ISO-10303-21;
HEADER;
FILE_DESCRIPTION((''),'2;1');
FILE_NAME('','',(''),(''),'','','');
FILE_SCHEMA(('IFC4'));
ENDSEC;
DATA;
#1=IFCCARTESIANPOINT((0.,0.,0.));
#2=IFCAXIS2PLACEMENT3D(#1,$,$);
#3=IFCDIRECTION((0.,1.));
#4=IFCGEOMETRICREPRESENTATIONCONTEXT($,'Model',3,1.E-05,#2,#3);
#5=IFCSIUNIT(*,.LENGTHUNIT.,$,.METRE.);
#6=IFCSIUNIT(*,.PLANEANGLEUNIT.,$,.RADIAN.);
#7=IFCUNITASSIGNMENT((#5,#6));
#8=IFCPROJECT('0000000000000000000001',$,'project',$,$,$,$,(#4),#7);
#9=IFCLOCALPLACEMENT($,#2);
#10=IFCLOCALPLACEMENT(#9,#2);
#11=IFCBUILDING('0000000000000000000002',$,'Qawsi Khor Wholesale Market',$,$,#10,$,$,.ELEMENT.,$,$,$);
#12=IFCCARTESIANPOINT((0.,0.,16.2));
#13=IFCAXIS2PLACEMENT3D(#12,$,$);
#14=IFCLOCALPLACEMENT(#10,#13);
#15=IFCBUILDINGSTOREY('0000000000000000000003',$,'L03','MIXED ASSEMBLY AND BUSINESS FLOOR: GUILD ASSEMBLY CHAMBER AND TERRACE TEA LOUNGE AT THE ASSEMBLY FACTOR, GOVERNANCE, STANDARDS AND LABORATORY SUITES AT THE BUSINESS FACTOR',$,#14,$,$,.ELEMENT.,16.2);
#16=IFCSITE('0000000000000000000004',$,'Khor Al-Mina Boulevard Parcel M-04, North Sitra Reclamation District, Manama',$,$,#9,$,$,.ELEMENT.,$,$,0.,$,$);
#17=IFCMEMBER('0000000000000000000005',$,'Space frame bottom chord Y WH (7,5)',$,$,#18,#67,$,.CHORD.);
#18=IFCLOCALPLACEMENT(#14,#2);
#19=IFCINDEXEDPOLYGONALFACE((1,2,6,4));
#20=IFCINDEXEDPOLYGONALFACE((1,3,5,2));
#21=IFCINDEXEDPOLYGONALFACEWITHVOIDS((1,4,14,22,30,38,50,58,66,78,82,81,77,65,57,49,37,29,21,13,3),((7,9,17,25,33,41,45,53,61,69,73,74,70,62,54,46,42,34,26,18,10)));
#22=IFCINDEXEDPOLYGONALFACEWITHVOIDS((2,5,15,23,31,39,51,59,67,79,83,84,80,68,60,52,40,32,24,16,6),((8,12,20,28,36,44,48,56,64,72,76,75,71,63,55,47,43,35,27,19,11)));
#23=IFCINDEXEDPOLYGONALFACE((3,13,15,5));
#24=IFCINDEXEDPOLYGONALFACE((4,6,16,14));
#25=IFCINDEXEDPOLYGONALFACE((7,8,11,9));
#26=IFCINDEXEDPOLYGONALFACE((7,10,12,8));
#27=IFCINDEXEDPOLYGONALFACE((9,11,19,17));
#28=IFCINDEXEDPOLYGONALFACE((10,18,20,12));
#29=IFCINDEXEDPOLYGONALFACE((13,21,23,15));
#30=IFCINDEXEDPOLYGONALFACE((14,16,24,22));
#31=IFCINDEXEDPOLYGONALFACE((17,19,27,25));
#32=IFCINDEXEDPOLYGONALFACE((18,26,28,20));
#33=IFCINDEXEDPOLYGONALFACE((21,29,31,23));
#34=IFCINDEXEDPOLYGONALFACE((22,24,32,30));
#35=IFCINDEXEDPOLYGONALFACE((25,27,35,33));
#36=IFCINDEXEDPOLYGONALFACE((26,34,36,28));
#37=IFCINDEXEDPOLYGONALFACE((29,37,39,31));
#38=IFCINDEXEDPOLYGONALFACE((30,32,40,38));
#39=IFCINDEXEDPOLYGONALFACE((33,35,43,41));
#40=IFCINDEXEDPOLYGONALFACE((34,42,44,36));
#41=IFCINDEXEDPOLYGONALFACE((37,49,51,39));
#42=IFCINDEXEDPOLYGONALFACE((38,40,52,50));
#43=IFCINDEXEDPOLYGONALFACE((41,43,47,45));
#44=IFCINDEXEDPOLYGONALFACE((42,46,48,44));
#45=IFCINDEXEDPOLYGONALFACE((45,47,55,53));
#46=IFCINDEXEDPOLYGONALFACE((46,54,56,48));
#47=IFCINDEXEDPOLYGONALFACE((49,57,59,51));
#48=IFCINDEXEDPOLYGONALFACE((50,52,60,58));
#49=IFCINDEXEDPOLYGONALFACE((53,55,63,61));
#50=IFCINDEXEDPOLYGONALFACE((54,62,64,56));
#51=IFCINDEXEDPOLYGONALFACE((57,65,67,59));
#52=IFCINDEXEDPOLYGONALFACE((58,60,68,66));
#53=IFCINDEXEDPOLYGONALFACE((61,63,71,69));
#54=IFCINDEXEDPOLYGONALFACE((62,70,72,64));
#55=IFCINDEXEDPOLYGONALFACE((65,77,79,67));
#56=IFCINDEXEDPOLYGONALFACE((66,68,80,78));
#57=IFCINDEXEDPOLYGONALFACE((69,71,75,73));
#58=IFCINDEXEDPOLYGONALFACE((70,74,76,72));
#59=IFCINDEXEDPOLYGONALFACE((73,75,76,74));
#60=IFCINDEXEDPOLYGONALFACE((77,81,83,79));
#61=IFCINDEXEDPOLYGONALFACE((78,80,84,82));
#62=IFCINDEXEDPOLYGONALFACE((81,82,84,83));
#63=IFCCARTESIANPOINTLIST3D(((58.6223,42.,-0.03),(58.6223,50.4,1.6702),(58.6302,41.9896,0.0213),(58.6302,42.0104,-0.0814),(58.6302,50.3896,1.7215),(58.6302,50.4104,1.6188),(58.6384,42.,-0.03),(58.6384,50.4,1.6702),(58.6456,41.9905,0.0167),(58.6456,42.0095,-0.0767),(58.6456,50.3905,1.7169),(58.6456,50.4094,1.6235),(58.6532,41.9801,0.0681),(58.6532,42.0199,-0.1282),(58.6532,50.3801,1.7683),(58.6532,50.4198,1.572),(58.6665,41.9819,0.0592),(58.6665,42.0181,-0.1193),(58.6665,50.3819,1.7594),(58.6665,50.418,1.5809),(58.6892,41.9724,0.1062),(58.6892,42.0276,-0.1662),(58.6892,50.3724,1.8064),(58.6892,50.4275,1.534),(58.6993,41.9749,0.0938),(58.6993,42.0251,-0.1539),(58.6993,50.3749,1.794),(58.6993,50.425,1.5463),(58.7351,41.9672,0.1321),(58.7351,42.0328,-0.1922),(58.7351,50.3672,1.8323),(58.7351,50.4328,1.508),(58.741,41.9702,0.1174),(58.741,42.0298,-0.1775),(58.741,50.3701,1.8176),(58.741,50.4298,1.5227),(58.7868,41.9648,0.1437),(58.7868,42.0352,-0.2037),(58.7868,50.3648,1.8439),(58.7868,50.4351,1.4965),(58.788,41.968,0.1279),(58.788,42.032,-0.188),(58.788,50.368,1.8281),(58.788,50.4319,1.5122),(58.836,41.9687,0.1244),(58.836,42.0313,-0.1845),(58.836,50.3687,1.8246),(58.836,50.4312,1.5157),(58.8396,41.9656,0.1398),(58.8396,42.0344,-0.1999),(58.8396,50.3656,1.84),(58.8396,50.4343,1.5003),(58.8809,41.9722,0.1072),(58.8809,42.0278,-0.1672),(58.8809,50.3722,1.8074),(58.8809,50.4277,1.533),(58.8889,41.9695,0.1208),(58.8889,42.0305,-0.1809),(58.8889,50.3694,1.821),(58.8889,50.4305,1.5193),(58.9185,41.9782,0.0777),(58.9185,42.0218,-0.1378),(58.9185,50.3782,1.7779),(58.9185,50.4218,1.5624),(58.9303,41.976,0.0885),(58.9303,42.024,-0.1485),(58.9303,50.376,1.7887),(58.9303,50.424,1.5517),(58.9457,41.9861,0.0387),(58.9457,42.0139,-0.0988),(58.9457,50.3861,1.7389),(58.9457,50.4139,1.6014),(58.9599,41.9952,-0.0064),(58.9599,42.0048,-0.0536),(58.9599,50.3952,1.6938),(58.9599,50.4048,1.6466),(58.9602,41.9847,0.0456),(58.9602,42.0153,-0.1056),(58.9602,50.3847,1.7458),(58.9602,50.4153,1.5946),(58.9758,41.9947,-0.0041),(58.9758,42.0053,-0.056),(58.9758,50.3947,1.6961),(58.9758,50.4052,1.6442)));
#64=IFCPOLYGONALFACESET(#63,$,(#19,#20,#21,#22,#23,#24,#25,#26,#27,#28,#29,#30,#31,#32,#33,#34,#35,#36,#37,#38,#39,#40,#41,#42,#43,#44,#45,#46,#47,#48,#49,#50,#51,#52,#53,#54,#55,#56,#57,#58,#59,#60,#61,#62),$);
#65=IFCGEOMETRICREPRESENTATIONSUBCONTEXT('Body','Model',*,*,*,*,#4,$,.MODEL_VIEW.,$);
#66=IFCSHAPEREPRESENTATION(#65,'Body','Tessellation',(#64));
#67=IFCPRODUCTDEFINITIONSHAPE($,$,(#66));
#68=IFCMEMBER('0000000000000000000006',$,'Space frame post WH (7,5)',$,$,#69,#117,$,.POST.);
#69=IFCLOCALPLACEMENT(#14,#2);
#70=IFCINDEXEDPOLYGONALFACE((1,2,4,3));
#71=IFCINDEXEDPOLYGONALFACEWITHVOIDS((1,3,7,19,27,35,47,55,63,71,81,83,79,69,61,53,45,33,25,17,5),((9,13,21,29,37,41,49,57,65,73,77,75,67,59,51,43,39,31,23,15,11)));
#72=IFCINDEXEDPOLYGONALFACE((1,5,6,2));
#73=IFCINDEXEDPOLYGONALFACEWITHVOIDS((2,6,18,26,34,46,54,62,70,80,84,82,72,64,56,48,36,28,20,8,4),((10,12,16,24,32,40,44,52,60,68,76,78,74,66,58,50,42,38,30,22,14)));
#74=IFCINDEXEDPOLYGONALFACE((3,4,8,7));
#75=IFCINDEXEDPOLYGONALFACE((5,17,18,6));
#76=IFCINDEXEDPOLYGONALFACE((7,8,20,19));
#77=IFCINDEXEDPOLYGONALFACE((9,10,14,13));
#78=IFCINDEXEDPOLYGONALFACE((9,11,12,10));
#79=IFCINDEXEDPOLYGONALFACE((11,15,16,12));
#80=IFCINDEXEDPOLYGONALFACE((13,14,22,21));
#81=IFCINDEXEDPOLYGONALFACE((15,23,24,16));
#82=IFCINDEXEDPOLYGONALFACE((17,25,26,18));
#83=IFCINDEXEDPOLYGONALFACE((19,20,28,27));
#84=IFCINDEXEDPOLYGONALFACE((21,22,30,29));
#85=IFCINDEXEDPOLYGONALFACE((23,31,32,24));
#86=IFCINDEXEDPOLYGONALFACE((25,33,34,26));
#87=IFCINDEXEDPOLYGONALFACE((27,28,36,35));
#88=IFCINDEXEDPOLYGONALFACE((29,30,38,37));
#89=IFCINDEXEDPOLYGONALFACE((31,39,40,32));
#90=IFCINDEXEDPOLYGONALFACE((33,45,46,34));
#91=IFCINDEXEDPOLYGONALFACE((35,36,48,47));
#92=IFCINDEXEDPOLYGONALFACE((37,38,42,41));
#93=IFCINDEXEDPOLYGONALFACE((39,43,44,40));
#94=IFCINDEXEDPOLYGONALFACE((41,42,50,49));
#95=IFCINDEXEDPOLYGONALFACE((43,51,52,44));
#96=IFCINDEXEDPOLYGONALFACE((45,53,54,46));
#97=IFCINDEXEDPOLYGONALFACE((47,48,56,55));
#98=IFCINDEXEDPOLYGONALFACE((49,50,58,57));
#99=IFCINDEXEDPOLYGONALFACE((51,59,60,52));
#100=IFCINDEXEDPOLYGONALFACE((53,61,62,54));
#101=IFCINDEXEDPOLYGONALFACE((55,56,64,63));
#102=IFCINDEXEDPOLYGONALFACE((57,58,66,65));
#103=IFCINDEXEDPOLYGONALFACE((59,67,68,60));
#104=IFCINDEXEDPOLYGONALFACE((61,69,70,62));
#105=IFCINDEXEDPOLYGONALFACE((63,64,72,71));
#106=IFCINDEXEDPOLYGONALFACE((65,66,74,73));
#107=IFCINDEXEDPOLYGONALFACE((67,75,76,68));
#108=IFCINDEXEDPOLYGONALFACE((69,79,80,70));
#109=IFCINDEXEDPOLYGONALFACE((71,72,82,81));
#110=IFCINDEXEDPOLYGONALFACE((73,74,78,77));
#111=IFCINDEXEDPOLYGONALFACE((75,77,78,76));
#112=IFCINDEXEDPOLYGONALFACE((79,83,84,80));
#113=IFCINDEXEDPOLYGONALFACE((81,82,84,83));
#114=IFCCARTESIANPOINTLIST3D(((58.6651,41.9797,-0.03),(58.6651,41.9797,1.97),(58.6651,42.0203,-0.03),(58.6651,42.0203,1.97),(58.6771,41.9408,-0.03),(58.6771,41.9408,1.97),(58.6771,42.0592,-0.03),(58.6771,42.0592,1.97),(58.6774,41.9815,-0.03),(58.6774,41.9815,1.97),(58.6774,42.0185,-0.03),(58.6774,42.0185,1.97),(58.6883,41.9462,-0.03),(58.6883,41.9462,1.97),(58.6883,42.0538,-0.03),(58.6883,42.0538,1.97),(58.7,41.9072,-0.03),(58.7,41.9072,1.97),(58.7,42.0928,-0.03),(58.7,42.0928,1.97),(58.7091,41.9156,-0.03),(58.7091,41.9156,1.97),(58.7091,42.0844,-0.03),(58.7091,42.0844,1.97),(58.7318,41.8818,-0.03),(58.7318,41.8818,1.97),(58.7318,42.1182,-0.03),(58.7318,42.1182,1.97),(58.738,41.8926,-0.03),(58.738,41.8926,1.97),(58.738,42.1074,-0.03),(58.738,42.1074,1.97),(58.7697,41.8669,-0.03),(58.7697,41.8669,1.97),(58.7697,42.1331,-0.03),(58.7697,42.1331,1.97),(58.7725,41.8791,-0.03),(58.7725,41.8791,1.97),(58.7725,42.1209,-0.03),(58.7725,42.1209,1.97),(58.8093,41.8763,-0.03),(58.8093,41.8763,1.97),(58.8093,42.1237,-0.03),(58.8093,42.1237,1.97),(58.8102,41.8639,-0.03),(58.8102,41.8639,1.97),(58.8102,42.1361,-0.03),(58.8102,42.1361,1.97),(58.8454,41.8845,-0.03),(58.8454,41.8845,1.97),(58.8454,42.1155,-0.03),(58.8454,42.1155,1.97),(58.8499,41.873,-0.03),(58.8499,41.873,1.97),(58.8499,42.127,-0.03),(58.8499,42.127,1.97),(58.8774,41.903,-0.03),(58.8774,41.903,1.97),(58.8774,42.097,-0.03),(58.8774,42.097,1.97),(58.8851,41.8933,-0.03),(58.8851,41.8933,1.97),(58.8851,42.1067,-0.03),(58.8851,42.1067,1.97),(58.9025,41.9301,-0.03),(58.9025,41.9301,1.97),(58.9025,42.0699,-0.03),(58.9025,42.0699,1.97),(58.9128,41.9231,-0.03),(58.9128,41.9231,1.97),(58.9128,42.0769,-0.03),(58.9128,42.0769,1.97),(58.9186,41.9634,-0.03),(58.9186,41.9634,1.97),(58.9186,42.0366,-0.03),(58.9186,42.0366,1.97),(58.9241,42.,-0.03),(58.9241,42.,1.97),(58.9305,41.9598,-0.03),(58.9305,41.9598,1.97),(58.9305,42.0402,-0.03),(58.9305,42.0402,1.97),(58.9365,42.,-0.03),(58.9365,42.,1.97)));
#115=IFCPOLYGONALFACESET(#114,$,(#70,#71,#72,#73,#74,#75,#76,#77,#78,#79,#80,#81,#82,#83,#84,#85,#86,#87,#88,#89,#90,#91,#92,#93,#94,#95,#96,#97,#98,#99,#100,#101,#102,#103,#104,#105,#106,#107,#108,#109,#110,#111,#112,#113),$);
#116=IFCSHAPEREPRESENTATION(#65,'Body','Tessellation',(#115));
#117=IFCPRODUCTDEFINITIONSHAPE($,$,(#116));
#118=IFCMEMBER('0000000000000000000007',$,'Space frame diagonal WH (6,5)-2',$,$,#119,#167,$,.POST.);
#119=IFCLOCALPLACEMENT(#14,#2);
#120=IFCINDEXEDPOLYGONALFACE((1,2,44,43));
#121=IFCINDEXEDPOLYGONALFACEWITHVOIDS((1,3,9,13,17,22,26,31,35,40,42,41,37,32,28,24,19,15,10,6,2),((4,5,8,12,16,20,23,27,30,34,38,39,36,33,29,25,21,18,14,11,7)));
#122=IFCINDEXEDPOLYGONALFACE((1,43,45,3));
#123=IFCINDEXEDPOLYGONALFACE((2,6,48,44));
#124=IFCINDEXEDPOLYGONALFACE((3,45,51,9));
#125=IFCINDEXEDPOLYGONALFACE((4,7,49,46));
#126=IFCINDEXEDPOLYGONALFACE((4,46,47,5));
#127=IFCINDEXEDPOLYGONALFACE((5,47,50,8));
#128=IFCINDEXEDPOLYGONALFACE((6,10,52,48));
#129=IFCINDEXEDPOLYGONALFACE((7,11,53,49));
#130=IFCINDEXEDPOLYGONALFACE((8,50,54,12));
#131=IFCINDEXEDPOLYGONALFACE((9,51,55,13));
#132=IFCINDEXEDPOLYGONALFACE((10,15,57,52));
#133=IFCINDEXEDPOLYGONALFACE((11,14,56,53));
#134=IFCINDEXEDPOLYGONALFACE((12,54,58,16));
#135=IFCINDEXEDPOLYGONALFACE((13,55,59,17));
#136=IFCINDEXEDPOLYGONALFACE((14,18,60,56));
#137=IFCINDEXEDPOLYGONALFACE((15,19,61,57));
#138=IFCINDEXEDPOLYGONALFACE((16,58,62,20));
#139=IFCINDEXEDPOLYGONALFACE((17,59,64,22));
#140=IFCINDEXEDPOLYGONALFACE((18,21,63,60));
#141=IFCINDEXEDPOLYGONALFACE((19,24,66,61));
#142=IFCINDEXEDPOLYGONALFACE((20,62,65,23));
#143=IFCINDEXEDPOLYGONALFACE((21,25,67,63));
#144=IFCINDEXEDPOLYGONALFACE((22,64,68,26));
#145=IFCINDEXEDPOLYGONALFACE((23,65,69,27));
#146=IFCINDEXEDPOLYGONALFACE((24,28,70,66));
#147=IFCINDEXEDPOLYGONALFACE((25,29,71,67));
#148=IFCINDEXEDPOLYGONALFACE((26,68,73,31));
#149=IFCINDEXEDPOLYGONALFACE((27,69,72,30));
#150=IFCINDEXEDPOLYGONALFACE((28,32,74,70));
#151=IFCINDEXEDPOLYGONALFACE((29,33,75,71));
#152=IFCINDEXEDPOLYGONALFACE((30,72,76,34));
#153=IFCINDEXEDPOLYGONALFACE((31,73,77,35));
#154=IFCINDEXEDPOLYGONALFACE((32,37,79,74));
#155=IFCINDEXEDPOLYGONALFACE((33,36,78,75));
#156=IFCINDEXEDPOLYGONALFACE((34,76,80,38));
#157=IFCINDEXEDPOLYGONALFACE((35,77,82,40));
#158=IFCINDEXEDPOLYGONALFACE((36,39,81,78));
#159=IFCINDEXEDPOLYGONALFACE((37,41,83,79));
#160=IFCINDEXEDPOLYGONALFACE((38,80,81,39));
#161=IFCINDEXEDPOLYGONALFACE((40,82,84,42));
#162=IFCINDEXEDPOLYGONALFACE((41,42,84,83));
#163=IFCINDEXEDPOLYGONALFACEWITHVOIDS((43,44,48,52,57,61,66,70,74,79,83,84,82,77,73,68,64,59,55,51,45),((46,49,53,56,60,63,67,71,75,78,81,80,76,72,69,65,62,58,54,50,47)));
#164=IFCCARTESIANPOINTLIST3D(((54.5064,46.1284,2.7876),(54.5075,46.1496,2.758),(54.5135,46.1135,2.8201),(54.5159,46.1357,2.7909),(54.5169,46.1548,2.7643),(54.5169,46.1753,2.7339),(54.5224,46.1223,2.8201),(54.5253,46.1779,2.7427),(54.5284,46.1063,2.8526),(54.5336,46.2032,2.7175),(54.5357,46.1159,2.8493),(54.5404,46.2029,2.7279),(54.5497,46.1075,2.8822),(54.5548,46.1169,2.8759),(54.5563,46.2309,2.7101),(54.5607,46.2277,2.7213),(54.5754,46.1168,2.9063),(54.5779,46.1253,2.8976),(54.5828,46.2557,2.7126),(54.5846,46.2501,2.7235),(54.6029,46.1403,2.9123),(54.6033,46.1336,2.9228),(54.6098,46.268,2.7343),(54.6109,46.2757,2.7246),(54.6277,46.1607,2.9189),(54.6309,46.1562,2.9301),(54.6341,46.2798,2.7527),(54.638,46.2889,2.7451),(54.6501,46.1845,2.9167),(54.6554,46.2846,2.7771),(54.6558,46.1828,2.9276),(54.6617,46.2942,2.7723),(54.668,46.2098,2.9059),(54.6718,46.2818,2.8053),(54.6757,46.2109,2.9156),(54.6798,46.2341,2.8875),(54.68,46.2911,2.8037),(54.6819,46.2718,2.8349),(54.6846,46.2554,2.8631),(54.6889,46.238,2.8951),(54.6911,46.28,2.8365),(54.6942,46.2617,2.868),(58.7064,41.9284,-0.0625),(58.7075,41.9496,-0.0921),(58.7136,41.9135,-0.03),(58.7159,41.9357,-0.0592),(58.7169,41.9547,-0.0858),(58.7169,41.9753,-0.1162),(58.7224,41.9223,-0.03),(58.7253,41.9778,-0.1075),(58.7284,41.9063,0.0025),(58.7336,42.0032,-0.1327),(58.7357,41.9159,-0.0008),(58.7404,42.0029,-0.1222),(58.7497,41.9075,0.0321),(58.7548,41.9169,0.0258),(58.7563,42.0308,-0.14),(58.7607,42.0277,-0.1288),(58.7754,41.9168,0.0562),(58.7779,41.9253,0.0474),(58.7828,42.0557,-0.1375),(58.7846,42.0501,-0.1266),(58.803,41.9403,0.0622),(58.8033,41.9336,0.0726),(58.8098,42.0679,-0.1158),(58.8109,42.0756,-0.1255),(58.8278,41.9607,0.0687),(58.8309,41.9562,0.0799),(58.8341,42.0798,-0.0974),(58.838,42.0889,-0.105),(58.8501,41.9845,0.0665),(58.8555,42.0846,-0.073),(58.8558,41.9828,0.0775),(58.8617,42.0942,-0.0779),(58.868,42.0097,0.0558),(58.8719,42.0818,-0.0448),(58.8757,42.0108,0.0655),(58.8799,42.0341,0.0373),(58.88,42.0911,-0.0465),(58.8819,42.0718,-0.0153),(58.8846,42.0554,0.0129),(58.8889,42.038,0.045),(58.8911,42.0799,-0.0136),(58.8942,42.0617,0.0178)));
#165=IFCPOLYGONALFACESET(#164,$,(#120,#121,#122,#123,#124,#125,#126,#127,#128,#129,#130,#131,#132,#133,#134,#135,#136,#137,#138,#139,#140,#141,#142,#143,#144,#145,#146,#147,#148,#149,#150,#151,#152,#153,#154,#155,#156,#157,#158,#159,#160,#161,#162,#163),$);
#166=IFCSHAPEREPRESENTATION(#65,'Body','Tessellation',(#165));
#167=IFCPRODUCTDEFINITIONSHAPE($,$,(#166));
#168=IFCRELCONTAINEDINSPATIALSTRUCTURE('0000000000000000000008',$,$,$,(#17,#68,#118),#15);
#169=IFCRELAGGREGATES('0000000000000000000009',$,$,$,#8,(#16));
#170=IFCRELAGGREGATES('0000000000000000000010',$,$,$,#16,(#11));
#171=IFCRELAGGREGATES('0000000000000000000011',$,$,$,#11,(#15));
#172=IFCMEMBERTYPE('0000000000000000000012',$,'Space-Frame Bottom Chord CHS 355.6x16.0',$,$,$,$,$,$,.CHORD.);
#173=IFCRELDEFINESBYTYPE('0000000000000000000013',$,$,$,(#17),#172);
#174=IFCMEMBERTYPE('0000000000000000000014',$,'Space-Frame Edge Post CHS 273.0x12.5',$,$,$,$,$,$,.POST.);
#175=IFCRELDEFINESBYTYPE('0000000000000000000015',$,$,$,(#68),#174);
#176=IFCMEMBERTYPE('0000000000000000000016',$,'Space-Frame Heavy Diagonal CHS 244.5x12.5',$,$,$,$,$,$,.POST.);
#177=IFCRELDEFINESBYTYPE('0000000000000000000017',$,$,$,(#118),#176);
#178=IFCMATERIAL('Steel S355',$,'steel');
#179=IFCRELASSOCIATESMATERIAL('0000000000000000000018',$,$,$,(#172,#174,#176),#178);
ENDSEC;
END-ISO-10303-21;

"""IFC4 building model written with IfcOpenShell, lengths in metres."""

from ifc_helpers import new_model, si_unit, direction, frame, origin, origin_2d, place, context, subcontext, project, spatial, hollow_circle, extrude, material, material_profile, profile_set, type_object, element, save


model = new_model("IFC4")

# Units and contexts
model_context = context("Model", 3, precision=1e-05, world=origin(), true_north=direction((0.0, 1.0)))
body_context = subcontext(model_context, "Body", "Model", "MODEL_VIEW")
ifc_project = project(units=[si_unit("LENGTHUNIT", "METRE"), si_unit("PLANEANGLEUNIT", "RADIAN")], contexts=[model_context])

# Site, building, storey
site_placement = place(None, origin())
site = spatial("IfcSite", under=ifc_project, at=site_placement, Name="Khor Al-Mina Boulevard Parcel M-04, North Sitra Reclamation District, Manama", CompositionType="ELEMENT", RefElevation=0.0)
building_placement = place(site_placement, origin())
building = spatial("IfcBuilding", under=site, at=building_placement, Name="Qawsi Khor Wholesale Market", CompositionType="ELEMENT")
storey_placement = place(building_placement, frame((0.0, 0.0, 16.2)))
storey = spatial("IfcBuildingStorey", under=building, at=storey_placement, Name="L03", Description="MIXED ASSEMBLY AND BUSINESS FLOOR: GUILD ASSEMBLY CHAMBER AND TERRACE TEA LOUNGE AT THE ASSEMBLY FACTOR, GOVERNANCE, STANDARDS AND LABORATORY SUITES AT THE BUSINESS FACTOR", CompositionType="ELEMENT", Elevation=16.2)

# Members
ifc_material_1 = material(Name="Steel S355", Category="steel")
ifc_material_profile_1 = material_profile(ifc_material_1, hollow_circle(Radius=0.1777, WallThickness=0.0161, at=origin_2d()), Name="CHS 355.6x16.0")
ifc_profile_set_1 = profile_set([ifc_material_profile_1], Name="Steel S355")
member_type_1 = type_object("IfcMemberType", Name="Space-Frame Bottom Chord CHS 355.6x16.0", PredefinedType="CHORD", material=ifc_profile_set_1)
member_1_placement = place(storey_placement, frame((58.8, 42.0, -0.03), z_axis=(0.0, 0.980124, 0.198384), x_axis=(-1.0, 0.0, 0.0)))
element("IfcMember", 1, at=member_1_placement, inside=storey, type_object=member_type_1, Name="Space frame bottom chord Y WH (7,5)", PredefinedType="CHORD", context=body_context, shape_type="SweptSolid", body=[
    extrude(hollow_circle(Radius=0.1777, WallThickness=0.0161, at=origin_2d()), origin(), (0.0, 0.0, 1.0), 8.5703),
])
ifc_material_profile_2 = material_profile(ifc_material_1, hollow_circle(Radius=0.1365, WallThickness=0.0125, at=origin_2d()), Name="CHS 273.0x12.5")
ifc_profile_set_2 = profile_set([ifc_material_profile_2], Name="Steel S355")
member_type_2 = type_object("IfcMemberType", Name="Space-Frame Edge Post CHS 273.0x12.5", PredefinedType="POST", material=ifc_profile_set_2)
member_2_placement = place(storey_placement, frame((58.8, 42.0, -0.03), z_axis=(0.0, 0.0, 1.0), x_axis=(1.0, 0.0, 0.0)))
element("IfcMember", 2, at=member_2_placement, inside=storey, type_object=member_type_2, Name="Space frame post WH (7,5)", PredefinedType="POST", context=body_context, shape_type="SweptSolid", body=[
    extrude(hollow_circle(Radius=0.1365, WallThickness=0.0125, at=origin_2d()), origin(), (0.0, 0.0, 1.0), 2.0),
])
ifc_material_profile_3 = material_profile(ifc_material_1, hollow_circle(Radius=0.1223, WallThickness=0.0125, at=origin_2d()), Name="CHS 244.5x12.5")
ifc_profile_set_3 = profile_set([ifc_material_profile_3], Name="Steel S355")
member_type_3 = type_object("IfcMemberType", Name="Space-Frame Heavy Diagonal CHS 244.5x12.5", PredefinedType="POST", material=ifc_profile_set_3)
for number, where, z_axis, x_axis, name in (
    (3, (58.8, 42.0, -0.03), (-0.637512, 0.637512, 0.432617), (-0.707107, -0.707107, 0.0), "Space frame diagonal WH (6,5)-2"),
):
    element("IfcMember", number, at=place(storey_placement, frame(where, z_axis=z_axis, x_axis=x_axis)), inside=storey, type_object=member_type_3, Name=name, PredefinedType="POST", context=body_context, shape_type="SweptSolid", body=[
        extrude(hollow_circle(Radius=0.1223, WallThickness=0.0125, at=origin_2d()), origin(), (0.0, 0.0, 1.0), 6.5881),
    ])

save(model, "model.ifc")
